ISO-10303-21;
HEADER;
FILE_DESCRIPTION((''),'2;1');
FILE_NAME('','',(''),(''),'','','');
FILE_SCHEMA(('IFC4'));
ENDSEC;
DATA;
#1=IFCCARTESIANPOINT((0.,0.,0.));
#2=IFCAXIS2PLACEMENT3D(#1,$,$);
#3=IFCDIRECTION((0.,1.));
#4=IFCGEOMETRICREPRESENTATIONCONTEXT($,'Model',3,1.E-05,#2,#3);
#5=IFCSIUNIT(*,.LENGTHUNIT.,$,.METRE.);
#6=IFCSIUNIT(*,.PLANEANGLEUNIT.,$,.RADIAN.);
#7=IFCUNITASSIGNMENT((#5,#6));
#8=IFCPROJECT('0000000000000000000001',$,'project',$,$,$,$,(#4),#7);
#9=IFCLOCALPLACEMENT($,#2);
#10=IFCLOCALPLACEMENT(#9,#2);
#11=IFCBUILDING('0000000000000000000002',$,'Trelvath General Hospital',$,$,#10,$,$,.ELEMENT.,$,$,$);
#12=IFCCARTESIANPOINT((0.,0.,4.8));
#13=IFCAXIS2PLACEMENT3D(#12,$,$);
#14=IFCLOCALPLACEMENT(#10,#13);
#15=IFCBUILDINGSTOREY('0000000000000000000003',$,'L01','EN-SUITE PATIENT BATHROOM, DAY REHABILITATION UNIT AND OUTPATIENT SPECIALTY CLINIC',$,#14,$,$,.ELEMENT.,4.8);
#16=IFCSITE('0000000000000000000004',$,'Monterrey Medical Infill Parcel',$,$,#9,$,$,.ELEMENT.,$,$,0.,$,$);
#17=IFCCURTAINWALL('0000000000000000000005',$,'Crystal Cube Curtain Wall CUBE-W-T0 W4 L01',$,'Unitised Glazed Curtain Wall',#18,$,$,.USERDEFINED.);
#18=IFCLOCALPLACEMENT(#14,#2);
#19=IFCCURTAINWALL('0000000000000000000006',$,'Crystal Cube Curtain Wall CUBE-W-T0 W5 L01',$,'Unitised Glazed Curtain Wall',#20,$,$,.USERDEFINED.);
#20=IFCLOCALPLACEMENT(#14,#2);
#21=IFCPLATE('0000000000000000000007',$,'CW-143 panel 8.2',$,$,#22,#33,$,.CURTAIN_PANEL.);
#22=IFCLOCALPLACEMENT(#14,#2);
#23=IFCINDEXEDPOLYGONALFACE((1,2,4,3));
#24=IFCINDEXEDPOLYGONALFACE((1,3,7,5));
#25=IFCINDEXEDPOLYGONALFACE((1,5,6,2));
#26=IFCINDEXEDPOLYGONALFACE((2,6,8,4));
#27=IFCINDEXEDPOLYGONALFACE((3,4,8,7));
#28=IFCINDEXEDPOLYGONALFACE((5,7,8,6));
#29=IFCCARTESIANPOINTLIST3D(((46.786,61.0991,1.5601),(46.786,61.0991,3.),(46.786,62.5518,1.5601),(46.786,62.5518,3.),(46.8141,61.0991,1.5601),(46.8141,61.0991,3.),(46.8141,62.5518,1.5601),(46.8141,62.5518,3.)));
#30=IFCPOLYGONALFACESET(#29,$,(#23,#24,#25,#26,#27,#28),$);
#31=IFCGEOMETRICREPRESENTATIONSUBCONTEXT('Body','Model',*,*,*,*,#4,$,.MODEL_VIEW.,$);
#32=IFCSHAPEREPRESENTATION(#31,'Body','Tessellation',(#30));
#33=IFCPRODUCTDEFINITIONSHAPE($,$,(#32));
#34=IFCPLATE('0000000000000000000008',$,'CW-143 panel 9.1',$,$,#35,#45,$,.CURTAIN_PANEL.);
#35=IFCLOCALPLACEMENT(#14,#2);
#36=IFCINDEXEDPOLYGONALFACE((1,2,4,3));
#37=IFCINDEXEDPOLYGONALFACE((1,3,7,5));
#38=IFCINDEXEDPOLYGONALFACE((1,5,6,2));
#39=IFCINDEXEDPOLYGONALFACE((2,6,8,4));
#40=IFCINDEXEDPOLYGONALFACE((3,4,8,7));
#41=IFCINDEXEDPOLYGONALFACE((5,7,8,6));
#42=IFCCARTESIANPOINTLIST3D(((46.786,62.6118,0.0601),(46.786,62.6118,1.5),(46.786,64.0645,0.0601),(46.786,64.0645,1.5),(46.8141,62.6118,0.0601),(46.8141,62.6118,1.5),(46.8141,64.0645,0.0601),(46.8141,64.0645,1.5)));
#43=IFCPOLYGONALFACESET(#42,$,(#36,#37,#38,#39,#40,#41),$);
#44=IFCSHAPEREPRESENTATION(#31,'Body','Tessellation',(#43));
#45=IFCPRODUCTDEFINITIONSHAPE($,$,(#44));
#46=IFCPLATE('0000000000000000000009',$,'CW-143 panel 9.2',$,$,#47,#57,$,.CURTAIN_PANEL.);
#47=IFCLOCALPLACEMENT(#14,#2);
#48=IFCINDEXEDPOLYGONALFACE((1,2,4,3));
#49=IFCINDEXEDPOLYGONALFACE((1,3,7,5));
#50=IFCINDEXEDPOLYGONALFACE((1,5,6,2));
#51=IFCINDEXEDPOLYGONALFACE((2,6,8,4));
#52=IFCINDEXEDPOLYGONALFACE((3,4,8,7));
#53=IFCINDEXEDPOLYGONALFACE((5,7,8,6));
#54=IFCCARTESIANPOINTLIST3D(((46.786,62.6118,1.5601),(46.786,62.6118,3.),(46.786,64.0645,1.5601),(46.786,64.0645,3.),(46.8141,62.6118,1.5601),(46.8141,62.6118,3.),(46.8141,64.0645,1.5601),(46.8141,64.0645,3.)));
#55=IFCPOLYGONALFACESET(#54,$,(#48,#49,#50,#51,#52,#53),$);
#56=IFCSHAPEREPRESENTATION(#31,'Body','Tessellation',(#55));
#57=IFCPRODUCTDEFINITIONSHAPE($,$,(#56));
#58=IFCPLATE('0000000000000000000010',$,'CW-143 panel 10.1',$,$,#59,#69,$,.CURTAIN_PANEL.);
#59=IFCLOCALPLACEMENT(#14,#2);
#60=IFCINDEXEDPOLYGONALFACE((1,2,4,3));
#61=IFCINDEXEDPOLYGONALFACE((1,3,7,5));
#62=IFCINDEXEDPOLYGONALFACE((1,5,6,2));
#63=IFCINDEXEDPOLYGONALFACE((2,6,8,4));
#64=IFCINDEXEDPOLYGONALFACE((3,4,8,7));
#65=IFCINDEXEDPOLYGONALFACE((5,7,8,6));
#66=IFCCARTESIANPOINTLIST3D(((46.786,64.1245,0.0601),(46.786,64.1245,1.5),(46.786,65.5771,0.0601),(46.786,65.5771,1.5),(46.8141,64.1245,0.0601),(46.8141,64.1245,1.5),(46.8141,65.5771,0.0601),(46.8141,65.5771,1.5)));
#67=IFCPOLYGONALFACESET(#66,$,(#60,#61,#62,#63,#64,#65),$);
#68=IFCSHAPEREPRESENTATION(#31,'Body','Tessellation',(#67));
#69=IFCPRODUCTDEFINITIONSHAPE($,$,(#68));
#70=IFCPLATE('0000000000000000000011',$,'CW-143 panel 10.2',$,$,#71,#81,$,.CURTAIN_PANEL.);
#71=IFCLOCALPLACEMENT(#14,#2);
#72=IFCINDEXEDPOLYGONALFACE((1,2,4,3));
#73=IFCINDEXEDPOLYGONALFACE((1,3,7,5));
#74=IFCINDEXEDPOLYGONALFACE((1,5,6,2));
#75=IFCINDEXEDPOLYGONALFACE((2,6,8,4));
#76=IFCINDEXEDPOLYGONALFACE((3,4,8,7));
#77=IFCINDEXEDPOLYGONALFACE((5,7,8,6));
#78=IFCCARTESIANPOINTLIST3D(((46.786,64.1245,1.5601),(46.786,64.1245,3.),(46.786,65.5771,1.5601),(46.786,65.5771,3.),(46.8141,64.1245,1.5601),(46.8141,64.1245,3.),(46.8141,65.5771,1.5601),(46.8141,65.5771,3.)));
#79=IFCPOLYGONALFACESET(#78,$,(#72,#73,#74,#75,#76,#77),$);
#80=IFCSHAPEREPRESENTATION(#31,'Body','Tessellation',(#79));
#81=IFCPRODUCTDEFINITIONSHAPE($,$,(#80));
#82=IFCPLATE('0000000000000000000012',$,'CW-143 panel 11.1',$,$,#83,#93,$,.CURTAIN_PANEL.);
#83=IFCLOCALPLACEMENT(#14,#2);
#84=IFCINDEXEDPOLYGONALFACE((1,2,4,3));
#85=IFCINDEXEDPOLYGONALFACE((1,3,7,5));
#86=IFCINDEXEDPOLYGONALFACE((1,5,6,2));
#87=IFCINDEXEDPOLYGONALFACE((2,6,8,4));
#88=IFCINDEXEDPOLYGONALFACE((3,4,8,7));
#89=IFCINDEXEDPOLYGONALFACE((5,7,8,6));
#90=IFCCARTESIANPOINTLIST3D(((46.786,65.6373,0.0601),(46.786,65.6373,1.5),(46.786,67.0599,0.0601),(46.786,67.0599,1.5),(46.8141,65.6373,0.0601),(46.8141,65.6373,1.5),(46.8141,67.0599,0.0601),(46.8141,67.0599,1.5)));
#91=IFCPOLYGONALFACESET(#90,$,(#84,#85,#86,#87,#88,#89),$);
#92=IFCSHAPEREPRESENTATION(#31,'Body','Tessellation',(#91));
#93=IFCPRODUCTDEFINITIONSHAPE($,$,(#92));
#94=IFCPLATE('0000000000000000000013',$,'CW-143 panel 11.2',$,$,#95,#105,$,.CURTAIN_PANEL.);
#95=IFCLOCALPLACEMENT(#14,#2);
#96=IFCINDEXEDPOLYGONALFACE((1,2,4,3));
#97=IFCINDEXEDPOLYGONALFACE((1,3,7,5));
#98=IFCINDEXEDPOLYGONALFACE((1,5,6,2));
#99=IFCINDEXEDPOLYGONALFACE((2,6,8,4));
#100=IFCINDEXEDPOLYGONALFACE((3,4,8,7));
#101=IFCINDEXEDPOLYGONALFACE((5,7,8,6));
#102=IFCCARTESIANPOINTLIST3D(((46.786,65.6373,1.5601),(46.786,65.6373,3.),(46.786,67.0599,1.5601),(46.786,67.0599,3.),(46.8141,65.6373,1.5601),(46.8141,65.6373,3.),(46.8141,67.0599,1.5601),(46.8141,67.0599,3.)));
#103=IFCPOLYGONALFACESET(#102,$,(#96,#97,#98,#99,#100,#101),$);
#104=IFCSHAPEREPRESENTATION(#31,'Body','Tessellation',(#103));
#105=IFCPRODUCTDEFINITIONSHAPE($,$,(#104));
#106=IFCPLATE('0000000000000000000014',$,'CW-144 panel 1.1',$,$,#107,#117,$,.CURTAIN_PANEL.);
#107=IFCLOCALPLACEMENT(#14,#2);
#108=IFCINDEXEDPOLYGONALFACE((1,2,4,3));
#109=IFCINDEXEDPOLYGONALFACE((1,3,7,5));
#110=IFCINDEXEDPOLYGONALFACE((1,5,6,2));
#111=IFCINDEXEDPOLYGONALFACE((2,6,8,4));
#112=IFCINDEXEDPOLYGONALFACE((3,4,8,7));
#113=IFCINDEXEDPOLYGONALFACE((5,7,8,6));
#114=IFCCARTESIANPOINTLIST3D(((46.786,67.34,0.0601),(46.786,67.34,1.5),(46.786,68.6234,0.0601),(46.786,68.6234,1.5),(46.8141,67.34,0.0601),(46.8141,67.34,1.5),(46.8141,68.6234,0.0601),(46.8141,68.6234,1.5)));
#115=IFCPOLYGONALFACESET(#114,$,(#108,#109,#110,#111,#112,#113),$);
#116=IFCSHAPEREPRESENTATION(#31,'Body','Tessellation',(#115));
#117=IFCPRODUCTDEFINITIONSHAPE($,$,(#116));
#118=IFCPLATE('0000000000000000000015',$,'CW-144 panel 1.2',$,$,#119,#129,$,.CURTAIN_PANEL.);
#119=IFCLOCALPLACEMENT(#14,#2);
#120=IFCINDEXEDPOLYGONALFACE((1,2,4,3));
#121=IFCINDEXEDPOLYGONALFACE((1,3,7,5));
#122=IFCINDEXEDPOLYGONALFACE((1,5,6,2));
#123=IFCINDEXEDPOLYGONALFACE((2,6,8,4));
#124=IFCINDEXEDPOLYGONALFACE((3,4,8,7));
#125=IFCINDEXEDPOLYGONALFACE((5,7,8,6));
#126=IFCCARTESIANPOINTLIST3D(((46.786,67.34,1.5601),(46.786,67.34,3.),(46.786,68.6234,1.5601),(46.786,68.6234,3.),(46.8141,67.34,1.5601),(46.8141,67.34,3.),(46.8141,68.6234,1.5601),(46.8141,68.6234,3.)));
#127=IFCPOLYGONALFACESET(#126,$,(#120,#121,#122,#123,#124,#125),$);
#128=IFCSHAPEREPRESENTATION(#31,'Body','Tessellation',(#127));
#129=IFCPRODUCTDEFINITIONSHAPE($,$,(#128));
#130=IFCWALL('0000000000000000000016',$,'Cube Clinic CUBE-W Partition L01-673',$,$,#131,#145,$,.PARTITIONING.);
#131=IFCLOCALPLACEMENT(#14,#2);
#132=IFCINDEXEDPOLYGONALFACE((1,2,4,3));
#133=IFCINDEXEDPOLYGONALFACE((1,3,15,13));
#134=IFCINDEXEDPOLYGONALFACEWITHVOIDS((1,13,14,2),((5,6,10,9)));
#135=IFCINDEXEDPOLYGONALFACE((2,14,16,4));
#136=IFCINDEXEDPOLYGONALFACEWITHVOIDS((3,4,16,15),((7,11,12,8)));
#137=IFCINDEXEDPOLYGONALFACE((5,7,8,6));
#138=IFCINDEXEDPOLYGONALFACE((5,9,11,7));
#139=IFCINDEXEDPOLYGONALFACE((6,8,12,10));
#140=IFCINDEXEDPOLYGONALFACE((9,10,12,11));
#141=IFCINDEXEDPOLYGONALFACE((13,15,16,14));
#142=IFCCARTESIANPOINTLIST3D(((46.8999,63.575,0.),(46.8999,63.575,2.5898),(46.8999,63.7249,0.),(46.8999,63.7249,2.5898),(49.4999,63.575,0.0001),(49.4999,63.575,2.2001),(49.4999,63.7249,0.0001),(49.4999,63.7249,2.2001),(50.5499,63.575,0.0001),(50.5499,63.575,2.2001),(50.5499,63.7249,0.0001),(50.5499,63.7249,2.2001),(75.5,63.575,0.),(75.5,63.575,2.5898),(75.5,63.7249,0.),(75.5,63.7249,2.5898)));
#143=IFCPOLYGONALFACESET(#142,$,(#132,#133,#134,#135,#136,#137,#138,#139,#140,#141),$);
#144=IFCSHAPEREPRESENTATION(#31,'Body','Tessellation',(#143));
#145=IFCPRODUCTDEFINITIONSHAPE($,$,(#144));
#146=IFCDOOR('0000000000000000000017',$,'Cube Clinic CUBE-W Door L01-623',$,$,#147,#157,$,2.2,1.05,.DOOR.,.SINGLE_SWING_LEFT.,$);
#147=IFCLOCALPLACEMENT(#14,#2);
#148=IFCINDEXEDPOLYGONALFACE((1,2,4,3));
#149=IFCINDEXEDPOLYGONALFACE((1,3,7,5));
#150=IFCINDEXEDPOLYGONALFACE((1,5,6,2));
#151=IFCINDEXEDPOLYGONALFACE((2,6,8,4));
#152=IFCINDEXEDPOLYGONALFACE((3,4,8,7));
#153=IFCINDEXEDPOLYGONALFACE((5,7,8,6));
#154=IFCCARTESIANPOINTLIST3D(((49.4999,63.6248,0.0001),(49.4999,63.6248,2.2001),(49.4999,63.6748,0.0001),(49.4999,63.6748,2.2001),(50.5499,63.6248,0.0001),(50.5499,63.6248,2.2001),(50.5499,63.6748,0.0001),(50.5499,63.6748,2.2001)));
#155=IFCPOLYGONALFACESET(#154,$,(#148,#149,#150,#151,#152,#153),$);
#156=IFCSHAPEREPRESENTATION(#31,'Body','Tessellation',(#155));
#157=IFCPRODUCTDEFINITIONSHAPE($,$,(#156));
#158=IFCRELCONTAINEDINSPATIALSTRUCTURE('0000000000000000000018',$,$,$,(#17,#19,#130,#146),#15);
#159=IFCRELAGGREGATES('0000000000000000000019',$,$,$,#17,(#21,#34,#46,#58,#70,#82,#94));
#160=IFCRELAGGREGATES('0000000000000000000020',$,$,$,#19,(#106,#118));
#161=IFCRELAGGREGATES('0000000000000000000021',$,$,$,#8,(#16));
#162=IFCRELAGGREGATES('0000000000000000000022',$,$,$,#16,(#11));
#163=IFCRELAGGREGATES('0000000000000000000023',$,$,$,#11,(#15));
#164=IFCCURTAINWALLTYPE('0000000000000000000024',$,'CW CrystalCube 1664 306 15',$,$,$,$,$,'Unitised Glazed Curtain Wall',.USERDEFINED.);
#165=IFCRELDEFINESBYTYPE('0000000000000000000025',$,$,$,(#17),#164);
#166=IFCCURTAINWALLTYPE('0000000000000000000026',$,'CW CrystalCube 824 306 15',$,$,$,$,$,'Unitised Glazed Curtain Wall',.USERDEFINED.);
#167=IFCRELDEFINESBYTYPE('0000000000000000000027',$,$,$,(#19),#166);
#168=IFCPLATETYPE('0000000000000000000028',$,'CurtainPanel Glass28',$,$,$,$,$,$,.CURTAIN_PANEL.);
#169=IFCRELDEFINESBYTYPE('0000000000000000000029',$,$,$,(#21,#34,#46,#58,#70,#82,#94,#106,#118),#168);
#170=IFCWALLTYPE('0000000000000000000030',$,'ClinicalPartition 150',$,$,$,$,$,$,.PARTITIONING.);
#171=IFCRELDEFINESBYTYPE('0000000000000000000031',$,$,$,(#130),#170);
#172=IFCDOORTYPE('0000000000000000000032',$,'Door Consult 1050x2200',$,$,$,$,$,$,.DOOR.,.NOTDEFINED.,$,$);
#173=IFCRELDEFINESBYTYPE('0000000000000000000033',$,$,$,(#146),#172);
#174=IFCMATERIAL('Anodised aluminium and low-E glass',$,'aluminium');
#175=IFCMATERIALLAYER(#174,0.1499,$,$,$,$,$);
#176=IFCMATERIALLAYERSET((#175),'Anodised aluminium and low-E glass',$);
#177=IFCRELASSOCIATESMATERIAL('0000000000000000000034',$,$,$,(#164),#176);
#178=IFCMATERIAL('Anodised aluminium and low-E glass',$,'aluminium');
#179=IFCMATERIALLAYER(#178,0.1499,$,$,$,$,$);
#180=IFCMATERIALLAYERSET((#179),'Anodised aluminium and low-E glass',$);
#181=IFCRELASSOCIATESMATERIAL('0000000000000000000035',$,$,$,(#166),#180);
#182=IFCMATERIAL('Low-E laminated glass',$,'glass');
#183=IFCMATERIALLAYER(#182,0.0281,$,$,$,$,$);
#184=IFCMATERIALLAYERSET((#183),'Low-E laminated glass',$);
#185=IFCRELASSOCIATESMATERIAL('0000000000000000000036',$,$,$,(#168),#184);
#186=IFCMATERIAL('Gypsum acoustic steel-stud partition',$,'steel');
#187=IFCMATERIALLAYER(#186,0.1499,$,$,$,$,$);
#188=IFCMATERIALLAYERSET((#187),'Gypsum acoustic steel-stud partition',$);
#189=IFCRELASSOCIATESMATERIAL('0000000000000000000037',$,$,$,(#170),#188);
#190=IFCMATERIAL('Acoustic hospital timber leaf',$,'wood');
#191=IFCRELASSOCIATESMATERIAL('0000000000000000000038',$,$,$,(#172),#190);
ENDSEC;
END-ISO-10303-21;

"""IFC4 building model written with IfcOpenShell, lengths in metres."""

from ifc_helpers import new_model, si_unit, direction, frame, frame_2d, origin, origin_2d, place, context, subcontext, project, spatial, rectangle, extrude, material, layer, layer_set, type_object, element, fill, aggregate, save


model = new_model("IFC4")

# Units and contexts
model_context = context("Model", 3, precision=1e-05, world=origin(), true_north=direction((0.0, 1.0)))
body_context = subcontext(model_context, "Body", "Model", "MODEL_VIEW")
ifc_project = project(units=[si_unit("LENGTHUNIT", "METRE"), si_unit("PLANEANGLEUNIT", "RADIAN")], contexts=[model_context])

# Site, building, storey
site_placement = place(None, origin())
site = spatial("IfcSite", under=ifc_project, at=site_placement, Name="Monterrey Medical Infill Parcel", CompositionType="ELEMENT", RefElevation=0.0)
building_placement = place(site_placement, origin())
building = spatial("IfcBuilding", under=site, at=building_placement, Name="Trelvath General Hospital", CompositionType="ELEMENT")
storey_placement = place(building_placement, frame((0.0, 0.0, 4.8)))
storey = spatial("IfcBuildingStorey", under=building, at=storey_placement, Name="L01", Description="EN-SUITE PATIENT BATHROOM, DAY REHABILITATION UNIT AND OUTPATIENT SPECIALTY CLINIC", CompositionType="ELEMENT", Elevation=4.8)

# Curtain wall
ifc_material_1 = material(Name="Anodised aluminium and low-E glass", Category="aluminium")
ifc_layer_1 = layer(ifc_material_1, 0.1499)
ifc_layer_set_1 = layer_set([ifc_layer_1], Name="Anodised aluminium and low-E glass")
curtain_wall_type_1 = type_object("IfcCurtainWallType", Name="CW CrystalCube 1664 306 15", ElementType="Unitised Glazed Curtain Wall", PredefinedType="USERDEFINED", material=ifc_layer_set_1)
curtain_wall_1_placement = place(storey_placement, origin())
curtain_wall_1 = element("IfcCurtainWall", 1, at=curtain_wall_1_placement, inside=storey, type_object=curtain_wall_type_1, Name="Crystal Cube Curtain Wall CUBE-W-T0 W4 L01", ObjectType="Unitised Glazed Curtain Wall", PredefinedType="USERDEFINED")

# Curtain wall
ifc_material_2 = material(Name="Anodised aluminium and low-E glass", Category="aluminium")
ifc_layer_2 = layer(ifc_material_2, 0.1499)
ifc_layer_set_2 = layer_set([ifc_layer_2], Name="Anodised aluminium and low-E glass")
curtain_wall_type_2 = type_object("IfcCurtainWallType", Name="CW CrystalCube 824 306 15", ElementType="Unitised Glazed Curtain Wall", PredefinedType="USERDEFINED", material=ifc_layer_set_2)
curtain_wall_2_placement = place(storey_placement, origin())
curtain_wall_2 = element("IfcCurtainWall", 2, at=curtain_wall_2_placement, inside=storey, type_object=curtain_wall_type_2, Name="Crystal Cube Curtain Wall CUBE-W-T0 W5 L01", ObjectType="Unitised Glazed Curtain Wall", PredefinedType="USERDEFINED")

# Plates
ifc_material_3 = material(Name="Low-E laminated glass", Category="glass")
ifc_layer_3 = layer(ifc_material_3, 0.0281)
ifc_layer_set_3 = layer_set([ifc_layer_3], Name="Low-E laminated glass")
plate_type = type_object("IfcPlateType", Name="CurtainPanel Glass28", PredefinedType="CURTAIN_PANEL", material=ifc_layer_set_3)
plate_1_placement = place(storey_placement, frame((46.8, 61.8254, 1.5601), z_axis=(0.0, 0.0, 1.0), x_axis=(0.0, 1.0, 0.0)))
plate_1 = element("IfcPlate", 3, at=plate_1_placement, type_object=plate_type, Name="CW-143 panel 8.2", PredefinedType="CURTAIN_PANEL", context=body_context, shape_type="SweptSolid", body=[
    extrude(rectangle(XDim=1.4526, YDim=0.0281, at=origin_2d()), origin(), (0.0, 0.0, 1.0), 1.4399),
])
plate_2_placement = place(storey_placement, frame((46.8, 63.3381, 0.0601), z_axis=(0.0, 0.0, 1.0), x_axis=(0.0, 1.0, 0.0)))
plate_2 = element("IfcPlate", 4, at=plate_2_placement, type_object=plate_type, Name="CW-143 panel 9.1", PredefinedType="CURTAIN_PANEL", context=body_context, shape_type="SweptSolid", body=[
    extrude(rectangle(XDim=1.4526, YDim=0.0281, at=origin_2d()), origin(), (0.0, 0.0, 1.0), 1.4399),
])
plate_3_placement = place(storey_placement, frame((46.8, 63.3381, 1.5601), z_axis=(0.0, 0.0, 1.0), x_axis=(0.0, 1.0, 0.0)))
plate_3 = element("IfcPlate", 5, at=plate_3_placement, type_object=plate_type, Name="CW-143 panel 9.2", PredefinedType="CURTAIN_PANEL", context=body_context, shape_type="SweptSolid", body=[
    extrude(rectangle(XDim=1.4526, YDim=0.0281, at=origin_2d()), origin(), (0.0, 0.0, 1.0), 1.4399),
])
plate_4_placement = place(storey_placement, frame((46.8, 64.8508, 0.0601), z_axis=(0.0, 0.0, 1.0), x_axis=(0.0, 1.0, 0.0)))
plate_4 = element("IfcPlate", 6, at=plate_4_placement, type_object=plate_type, Name="CW-143 panel 10.1", PredefinedType="CURTAIN_PANEL", context=body_context, shape_type="SweptSolid", body=[
    extrude(rectangle(XDim=1.4526, YDim=0.0281, at=origin_2d()), origin(), (0.0, 0.0, 1.0), 1.4399),
])
plate_5_placement = place(storey_placement, frame((46.8, 64.8508, 1.5601), z_axis=(0.0, 0.0, 1.0), x_axis=(0.0, 1.0, 0.0)))
plate_5 = element("IfcPlate", 7, at=plate_5_placement, type_object=plate_type, Name="CW-143 panel 10.2", PredefinedType="CURTAIN_PANEL", context=body_context, shape_type="SweptSolid", body=[
    extrude(rectangle(XDim=1.4526, YDim=0.0281, at=origin_2d()), origin(), (0.0, 0.0, 1.0), 1.4399),
])
plate_6_placement = place(storey_placement, frame((46.8, 66.3486, 0.0601), z_axis=(0.0, 0.0, 1.0), x_axis=(0.0, 1.0, 0.0)))
plate_6 = element("IfcPlate", 8, at=plate_6_placement, type_object=plate_type, Name="CW-143 panel 11.1", PredefinedType="CURTAIN_PANEL", context=body_context, shape_type="SweptSolid", body=[
    extrude(rectangle(XDim=1.4226, YDim=0.0281, at=origin_2d()), origin(), (0.0, 0.0, 1.0), 1.4399),
])
plate_7_placement = place(storey_placement, frame((46.8, 66.3486, 1.5601), z_axis=(0.0, 0.0, 1.0), x_axis=(0.0, 1.0, 0.0)))
plate_7 = element("IfcPlate", 9, at=plate_7_placement, type_object=plate_type, Name="CW-143 panel 11.2", PredefinedType="CURTAIN_PANEL", context=body_context, shape_type="SweptSolid", body=[
    extrude(rectangle(XDim=1.4226, YDim=0.0281, at=origin_2d()), origin(), (0.0, 0.0, 1.0), 1.4399),
])
aggregate(curtain_wall_1, [plate_1, plate_2, plate_3, plate_4, plate_5, plate_6, plate_7])
plate_8_placement = place(storey_placement, frame((46.8, 67.9817, 0.0601), z_axis=(0.0, 0.0, 1.0), x_axis=(0.0, 1.0, 0.0)))
plate_8 = element("IfcPlate", 10, at=plate_8_placement, type_object=plate_type, Name="CW-144 panel 1.1", PredefinedType="CURTAIN_PANEL", context=body_context, shape_type="SweptSolid", body=[
    extrude(rectangle(XDim=1.2834, YDim=0.0281, at=origin_2d()), origin(), (0.0, 0.0, 1.0), 1.4399),
])
plate_9_placement = place(storey_placement, frame((46.8, 67.9817, 1.5601), z_axis=(0.0, 0.0, 1.0), x_axis=(0.0, 1.0, 0.0)))
plate_9 = element("IfcPlate", 11, at=plate_9_placement, type_object=plate_type, Name="CW-144 panel 1.2", PredefinedType="CURTAIN_PANEL", context=body_context, shape_type="SweptSolid", body=[
    extrude(rectangle(XDim=1.2834, YDim=0.0281, at=origin_2d()), origin(), (0.0, 0.0, 1.0), 1.4399),
])
aggregate(curtain_wall_2, [plate_8, plate_9])

# Wall, opening, door
ifc_material_4 = material(Name="Gypsum acoustic steel-stud partition", Category="steel")
ifc_layer_4 = layer(ifc_material_4, 0.1499)
ifc_layer_set_4 = layer_set([ifc_layer_4], Name="Gypsum acoustic steel-stud partition")
wall_type = type_object("IfcWallType", Name="ClinicalPartition 150", PredefinedType="PARTITIONING", material=ifc_layer_set_4)
wall_placement = place(storey_placement, frame((46.8999, 63.6499, 0.0), z_axis=(0.0, 0.0, 1.0), x_axis=(1.0, 0.0, 0.0)))
wall = element("IfcWall", 12, at=wall_placement, inside=storey, type_object=wall_type, Name="Cube Clinic CUBE-W Partition L01-673", PredefinedType="PARTITIONING", context=body_context, shape_type="SweptSolid", body=[
    extrude(rectangle(XDim=28.6001, YDim=0.1499, at=frame_2d((14.3, 0.0))), origin(), (0.0, 0.0, 1.0), 2.5898),
])
opening_placement = place(wall_placement, frame((2.6001, 0.0, 0.0)))
opening = element("IfcOpeningElement", 13, at=opening_placement, cuts=wall, PredefinedType="OPENING", context=body_context, shape_type="SweptSolid", body=[
    extrude(rectangle(XDim=1.05, YDim=2.2, at=frame_2d((0.5249, 1.1001))), frame((0.0, 0.085, 0.0), z_axis=(0.0, -1.0, 0.0), x_axis=(1.0, 0.0, 0.0)), (0.0, 0.0, 1.0), 0.1699),
])
ifc_material_5 = material(Name="Acoustic hospital timber leaf", Category="wood")
door_type = type_object("IfcDoorType", Name="Door Consult 1050x2200", OperationType="NOTDEFINED", PredefinedType="DOOR", material=ifc_material_5)
door_placement = place(opening_placement, origin())
door = element("IfcDoor", 14, at=door_placement, inside=storey, type_object=door_type, Name="Cube Clinic CUBE-W Door L01-623", OperationType="SINGLE_SWING_LEFT", OverallHeight=2.2, OverallWidth=1.05, PredefinedType="DOOR", context=body_context, shape_type="SweptSolid", body=[
    extrude(rectangle(XDim=1.05, YDim=2.2, at=frame_2d((0.5249, 1.1001))), frame((0.0, 0.0249, 0.0), z_axis=(0.0, -1.0, 0.0), x_axis=(1.0, 0.0, 0.0)), (0.0, 0.0, 1.0), 0.05),
])
fill(opening, door)

save(model, "model.ifc")
